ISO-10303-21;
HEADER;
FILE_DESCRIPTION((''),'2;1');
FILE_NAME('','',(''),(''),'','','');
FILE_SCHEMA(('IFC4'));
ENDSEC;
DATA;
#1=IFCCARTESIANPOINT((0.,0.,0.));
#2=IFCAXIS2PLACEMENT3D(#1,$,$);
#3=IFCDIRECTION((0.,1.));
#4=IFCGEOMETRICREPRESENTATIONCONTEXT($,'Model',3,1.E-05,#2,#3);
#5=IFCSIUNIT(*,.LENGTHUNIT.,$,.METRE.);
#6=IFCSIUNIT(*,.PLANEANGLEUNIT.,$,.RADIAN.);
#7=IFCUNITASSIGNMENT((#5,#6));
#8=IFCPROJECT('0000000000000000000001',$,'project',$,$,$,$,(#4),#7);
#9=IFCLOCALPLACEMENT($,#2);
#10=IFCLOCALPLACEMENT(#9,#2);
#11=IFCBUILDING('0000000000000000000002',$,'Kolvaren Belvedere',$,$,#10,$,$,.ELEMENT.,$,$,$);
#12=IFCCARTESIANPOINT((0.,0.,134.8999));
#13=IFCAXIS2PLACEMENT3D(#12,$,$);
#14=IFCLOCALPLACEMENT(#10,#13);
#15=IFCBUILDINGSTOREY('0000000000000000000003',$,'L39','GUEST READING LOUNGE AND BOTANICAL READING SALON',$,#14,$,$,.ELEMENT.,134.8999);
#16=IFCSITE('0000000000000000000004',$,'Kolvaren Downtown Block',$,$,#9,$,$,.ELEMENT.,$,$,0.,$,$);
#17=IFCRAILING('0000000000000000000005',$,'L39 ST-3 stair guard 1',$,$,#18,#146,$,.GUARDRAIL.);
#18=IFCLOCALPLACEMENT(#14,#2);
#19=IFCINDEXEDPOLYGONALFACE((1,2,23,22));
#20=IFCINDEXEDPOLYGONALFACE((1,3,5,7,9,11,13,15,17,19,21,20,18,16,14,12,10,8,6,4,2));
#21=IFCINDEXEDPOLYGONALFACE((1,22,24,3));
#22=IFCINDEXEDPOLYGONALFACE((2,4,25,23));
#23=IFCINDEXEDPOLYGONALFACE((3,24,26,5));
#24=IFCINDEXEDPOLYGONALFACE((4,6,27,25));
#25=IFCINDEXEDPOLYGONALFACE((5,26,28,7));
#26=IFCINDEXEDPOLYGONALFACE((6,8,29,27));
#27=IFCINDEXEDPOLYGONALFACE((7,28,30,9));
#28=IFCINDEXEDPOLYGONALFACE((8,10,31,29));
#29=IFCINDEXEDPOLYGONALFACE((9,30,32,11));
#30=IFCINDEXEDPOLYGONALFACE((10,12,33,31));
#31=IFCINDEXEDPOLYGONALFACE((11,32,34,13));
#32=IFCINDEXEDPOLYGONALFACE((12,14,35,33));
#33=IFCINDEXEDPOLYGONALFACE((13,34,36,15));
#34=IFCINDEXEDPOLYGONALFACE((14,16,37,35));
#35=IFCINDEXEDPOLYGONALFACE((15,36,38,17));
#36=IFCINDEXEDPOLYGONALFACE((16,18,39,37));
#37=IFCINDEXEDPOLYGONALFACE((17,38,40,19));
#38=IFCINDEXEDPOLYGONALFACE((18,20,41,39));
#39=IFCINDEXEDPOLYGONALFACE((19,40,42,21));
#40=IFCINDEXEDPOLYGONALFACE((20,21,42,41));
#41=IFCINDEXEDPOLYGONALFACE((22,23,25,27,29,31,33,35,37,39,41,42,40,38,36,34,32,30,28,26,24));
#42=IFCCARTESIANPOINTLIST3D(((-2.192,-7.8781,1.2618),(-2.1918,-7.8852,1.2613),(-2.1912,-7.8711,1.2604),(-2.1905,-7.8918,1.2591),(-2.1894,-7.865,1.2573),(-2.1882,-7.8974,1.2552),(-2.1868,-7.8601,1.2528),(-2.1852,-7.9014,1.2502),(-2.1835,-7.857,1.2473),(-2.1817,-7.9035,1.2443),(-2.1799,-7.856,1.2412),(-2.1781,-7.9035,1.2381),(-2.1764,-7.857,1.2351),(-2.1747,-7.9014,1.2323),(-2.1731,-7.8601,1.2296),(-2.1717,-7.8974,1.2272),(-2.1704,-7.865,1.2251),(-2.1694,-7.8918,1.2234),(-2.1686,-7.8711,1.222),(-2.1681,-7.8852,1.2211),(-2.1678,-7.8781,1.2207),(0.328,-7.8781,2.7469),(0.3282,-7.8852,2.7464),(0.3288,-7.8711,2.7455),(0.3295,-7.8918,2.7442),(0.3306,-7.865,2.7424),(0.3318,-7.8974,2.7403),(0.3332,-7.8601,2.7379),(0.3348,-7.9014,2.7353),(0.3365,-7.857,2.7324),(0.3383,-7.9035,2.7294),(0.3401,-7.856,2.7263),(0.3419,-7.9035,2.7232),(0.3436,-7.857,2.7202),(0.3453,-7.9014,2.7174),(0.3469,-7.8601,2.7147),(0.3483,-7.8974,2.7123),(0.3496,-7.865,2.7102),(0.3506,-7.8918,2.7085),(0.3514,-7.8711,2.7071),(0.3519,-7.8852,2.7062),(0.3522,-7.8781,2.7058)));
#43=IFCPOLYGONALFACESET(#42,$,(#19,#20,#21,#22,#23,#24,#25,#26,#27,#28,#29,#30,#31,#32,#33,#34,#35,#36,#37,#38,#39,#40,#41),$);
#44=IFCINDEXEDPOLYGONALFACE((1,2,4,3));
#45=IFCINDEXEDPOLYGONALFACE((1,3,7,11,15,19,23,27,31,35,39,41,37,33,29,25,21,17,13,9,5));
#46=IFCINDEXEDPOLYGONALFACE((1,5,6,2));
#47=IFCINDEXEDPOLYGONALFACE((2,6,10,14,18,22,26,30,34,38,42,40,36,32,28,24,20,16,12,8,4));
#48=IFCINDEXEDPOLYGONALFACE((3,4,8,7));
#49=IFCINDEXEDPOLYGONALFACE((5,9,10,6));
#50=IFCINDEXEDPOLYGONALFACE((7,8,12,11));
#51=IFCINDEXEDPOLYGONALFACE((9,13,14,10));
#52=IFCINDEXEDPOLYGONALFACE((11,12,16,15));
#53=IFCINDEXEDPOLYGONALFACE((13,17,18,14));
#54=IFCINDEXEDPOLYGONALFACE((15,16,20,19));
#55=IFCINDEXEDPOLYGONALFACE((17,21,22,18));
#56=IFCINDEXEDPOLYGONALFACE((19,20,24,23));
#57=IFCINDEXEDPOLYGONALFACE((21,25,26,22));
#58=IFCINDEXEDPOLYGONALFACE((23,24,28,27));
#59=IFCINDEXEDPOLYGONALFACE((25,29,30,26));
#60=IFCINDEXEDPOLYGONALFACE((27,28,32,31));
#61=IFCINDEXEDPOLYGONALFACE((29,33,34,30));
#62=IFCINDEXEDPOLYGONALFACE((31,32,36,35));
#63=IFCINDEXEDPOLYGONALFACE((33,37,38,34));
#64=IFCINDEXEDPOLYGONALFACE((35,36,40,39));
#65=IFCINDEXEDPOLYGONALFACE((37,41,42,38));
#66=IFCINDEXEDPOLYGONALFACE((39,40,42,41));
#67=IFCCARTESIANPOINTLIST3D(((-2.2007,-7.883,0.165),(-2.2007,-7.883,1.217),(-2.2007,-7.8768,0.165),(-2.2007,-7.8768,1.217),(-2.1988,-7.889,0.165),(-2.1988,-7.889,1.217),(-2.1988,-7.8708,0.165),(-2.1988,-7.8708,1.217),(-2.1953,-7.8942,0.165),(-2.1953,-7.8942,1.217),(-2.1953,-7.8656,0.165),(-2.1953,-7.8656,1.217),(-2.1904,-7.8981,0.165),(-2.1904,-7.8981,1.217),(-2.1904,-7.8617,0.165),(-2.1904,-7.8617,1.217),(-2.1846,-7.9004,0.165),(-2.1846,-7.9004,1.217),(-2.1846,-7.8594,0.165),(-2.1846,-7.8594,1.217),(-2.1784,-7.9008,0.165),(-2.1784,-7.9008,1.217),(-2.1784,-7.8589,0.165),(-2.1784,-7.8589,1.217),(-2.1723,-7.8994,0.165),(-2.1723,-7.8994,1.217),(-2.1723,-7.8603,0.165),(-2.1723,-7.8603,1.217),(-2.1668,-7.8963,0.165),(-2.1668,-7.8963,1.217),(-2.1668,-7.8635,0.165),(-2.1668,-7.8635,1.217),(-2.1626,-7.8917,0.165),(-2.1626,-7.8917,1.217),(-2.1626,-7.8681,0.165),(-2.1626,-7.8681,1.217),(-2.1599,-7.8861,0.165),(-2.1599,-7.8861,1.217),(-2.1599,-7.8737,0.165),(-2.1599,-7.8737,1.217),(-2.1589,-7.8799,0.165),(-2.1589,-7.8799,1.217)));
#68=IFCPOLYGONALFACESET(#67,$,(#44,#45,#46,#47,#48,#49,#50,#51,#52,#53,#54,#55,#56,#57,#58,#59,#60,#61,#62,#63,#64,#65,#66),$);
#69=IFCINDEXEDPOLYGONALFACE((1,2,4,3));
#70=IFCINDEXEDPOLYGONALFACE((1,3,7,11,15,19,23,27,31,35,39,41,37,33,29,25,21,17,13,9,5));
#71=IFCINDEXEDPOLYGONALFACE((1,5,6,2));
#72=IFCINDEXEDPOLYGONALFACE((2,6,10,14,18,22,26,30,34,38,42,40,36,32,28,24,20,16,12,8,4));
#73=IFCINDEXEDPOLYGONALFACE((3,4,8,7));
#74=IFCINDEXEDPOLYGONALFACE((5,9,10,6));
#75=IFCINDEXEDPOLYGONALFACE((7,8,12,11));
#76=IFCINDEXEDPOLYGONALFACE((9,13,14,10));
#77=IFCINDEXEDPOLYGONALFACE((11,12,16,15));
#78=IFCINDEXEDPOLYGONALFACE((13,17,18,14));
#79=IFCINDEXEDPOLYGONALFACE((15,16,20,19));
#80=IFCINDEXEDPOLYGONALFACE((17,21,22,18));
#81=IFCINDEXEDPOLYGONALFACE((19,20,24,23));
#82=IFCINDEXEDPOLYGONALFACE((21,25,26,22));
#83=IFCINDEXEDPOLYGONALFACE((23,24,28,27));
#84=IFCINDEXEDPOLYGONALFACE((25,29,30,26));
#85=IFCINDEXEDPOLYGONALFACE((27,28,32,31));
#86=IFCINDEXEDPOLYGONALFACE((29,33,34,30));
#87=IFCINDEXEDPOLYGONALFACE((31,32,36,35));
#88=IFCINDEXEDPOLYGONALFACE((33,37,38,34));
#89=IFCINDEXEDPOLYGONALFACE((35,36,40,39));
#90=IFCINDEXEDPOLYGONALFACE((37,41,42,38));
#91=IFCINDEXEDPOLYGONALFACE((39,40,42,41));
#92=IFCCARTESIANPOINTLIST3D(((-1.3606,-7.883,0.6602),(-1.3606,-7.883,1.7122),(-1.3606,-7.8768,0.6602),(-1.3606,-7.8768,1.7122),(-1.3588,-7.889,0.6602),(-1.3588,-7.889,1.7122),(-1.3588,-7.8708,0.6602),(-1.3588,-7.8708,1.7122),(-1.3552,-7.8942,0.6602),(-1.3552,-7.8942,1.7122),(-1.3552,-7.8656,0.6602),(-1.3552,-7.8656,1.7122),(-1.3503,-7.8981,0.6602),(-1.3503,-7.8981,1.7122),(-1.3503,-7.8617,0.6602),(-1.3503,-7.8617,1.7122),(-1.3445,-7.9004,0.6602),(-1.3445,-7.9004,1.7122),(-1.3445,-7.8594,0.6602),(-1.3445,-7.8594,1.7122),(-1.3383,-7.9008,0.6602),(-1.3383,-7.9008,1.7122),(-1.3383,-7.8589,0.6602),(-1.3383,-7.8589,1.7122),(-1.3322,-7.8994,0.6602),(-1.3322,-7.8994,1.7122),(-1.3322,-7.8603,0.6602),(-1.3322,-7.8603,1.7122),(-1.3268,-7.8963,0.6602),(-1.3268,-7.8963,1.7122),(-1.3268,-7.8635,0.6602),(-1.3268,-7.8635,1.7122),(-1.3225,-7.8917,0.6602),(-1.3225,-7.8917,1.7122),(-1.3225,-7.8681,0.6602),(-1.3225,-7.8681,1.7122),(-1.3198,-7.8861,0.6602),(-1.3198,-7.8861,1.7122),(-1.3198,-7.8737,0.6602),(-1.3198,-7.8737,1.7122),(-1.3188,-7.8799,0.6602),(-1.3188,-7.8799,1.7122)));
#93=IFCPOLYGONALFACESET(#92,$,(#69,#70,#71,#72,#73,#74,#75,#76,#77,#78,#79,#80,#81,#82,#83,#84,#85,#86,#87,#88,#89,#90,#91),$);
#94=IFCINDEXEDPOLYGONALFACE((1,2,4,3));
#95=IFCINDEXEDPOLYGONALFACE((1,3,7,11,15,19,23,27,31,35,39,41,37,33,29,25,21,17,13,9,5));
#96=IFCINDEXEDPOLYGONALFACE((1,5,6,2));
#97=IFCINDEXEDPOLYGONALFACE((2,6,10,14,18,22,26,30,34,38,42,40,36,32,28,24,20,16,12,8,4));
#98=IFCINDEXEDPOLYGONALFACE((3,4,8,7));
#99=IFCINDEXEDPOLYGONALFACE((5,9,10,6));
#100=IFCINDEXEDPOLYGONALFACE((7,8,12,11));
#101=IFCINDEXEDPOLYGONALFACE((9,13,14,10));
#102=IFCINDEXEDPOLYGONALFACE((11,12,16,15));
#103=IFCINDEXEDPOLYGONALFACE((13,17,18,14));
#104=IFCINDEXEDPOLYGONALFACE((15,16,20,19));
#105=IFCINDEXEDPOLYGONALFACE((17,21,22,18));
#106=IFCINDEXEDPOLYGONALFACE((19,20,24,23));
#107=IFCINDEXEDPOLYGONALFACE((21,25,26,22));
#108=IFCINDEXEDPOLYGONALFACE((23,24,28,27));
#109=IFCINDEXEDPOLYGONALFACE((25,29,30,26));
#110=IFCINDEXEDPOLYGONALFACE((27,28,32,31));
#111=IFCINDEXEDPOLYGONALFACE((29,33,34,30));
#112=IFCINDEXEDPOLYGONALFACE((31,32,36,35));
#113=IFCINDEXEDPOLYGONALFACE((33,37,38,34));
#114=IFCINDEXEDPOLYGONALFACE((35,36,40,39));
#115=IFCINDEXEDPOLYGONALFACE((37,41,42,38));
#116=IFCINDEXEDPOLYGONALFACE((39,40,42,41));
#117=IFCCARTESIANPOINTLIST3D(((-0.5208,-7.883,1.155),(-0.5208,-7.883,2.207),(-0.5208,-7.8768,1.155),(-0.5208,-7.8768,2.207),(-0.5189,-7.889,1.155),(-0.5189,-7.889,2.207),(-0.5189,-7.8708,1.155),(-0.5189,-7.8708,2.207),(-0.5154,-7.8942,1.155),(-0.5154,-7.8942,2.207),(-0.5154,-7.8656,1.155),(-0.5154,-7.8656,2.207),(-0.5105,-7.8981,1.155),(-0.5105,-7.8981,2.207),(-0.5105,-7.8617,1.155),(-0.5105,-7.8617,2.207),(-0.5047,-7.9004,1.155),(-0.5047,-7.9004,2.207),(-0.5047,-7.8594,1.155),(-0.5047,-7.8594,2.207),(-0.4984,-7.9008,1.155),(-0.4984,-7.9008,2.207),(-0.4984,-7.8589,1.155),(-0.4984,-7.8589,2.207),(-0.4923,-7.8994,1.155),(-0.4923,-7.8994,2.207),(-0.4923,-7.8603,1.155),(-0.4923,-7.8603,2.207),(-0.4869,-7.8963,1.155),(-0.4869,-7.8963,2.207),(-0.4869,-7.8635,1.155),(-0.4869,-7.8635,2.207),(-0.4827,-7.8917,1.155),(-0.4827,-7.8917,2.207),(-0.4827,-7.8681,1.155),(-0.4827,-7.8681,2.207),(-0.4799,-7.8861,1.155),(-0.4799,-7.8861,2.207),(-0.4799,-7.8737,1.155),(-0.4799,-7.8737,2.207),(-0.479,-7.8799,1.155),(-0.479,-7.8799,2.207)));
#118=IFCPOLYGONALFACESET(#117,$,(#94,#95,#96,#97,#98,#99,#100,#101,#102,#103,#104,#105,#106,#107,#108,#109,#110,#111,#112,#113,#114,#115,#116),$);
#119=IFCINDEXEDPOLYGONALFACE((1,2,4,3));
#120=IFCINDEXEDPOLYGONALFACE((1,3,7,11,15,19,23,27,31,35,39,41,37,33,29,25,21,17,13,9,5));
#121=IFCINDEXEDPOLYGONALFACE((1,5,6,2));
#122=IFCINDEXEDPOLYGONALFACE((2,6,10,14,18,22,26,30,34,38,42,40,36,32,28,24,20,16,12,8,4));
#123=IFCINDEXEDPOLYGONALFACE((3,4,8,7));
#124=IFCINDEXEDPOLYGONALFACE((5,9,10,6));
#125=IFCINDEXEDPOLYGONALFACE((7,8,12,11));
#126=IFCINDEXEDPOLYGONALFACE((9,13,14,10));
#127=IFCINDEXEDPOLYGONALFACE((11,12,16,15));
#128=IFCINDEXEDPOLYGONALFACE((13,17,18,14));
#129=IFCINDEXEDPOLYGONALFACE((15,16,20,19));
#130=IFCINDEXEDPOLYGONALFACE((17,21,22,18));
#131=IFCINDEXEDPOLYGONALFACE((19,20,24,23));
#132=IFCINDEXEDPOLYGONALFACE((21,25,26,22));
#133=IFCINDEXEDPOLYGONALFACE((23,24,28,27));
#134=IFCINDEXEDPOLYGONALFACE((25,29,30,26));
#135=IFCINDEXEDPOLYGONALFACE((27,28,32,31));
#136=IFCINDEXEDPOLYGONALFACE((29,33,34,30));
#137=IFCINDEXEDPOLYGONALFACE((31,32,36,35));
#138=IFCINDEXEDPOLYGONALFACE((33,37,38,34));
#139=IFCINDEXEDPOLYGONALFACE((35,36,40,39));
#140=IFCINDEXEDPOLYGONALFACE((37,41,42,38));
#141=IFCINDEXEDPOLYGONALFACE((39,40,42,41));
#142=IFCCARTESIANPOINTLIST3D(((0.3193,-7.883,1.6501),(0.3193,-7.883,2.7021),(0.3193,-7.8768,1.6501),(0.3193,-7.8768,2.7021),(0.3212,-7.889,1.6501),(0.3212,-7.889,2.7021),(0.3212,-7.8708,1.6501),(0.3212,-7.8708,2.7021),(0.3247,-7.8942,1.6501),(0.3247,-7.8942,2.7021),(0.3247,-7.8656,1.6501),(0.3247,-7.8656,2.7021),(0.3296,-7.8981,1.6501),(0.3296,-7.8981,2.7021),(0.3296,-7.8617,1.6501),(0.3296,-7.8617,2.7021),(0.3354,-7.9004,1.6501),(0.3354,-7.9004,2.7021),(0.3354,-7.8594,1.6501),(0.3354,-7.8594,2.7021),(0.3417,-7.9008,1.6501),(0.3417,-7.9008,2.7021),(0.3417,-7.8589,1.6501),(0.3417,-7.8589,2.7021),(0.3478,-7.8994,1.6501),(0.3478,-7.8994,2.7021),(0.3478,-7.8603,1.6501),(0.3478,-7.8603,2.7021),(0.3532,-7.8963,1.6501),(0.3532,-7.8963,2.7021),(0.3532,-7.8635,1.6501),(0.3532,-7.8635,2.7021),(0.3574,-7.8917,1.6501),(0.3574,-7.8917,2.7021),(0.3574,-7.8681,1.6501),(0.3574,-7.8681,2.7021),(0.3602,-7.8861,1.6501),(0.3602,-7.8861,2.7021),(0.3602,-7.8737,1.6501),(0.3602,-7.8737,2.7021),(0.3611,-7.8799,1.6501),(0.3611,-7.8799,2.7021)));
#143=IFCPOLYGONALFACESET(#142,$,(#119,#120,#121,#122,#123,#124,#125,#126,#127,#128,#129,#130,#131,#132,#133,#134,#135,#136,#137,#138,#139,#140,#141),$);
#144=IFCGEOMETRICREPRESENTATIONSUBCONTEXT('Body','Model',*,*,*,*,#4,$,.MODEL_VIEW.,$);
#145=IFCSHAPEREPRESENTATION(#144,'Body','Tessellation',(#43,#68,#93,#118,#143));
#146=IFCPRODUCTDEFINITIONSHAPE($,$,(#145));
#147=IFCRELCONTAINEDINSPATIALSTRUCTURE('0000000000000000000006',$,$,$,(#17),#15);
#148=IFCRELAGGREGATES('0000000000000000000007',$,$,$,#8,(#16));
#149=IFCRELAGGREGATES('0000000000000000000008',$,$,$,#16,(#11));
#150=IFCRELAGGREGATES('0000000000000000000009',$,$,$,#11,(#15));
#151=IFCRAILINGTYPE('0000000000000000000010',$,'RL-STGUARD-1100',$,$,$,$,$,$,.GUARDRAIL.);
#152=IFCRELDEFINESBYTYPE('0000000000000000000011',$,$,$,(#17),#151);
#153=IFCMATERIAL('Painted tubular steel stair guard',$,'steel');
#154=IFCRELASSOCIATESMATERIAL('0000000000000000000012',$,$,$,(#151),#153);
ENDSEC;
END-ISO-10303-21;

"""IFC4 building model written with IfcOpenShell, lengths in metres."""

from ifc_helpers import new_model, si_unit, direction, frame, origin, origin_2d, place, context, subcontext, project, spatial, circle, extrude, material, type_object, element, save


model = new_model("IFC4")

# Units and contexts
model_context = context("Model", 3, precision=1e-05, world=origin(), true_north=direction((0.0, 1.0)))
body_context = subcontext(model_context, "Body", "Model", "MODEL_VIEW")
ifc_project = project(units=[si_unit("LENGTHUNIT", "METRE"), si_unit("PLANEANGLEUNIT", "RADIAN")], contexts=[model_context])

# Site, building, storey
site_placement = place(None, origin())
site = spatial("IfcSite", under=ifc_project, at=site_placement, Name="Kolvaren Downtown Block", CompositionType="ELEMENT", RefElevation=0.0)
building_placement = place(site_placement, origin())
building = spatial("IfcBuilding", under=site, at=building_placement, Name="Kolvaren Belvedere", CompositionType="ELEMENT")
storey_placement = place(building_placement, frame((0.0, 0.0, 134.8999)))
storey = spatial("IfcBuildingStorey", under=building, at=storey_placement, Name="L39", Description="GUEST READING LOUNGE AND BOTANICAL READING SALON", CompositionType="ELEMENT", Elevation=134.8999)

# Railing
ifc_material_1 = material(Name="Painted tubular steel stair guard", Category="steel")
railing_type_1 = type_object("IfcRailingType", Name="RL-STGUARD-1100", PredefinedType="GUARDRAIL", material=ifc_material_1)
railing_1_placement = place(storey_placement, frame((-2.1799, -7.8799, 0.165)))
element("IfcRailing", 1, at=railing_1_placement, inside=storey, type_object=railing_type_1, Name="L39 ST-3 stair guard 1", PredefinedType="GUARDRAIL", context=body_context, shape_type="SweptSolid", body=[
    extrude(circle(Radius=0.0239, at=origin_2d()), frame((0.0, 0.0, 1.0762), z_axis=(0.861524, 0.0, 0.507717), x_axis=(0.0, 1.0, 0.0)), (0.0, 0.0, 1.0), 2.925),
    extrude(circle(Radius=0.021, at=origin_2d()), origin(), (0.0, 0.0, 1.0), 1.052),
    extrude(circle(Radius=0.021, at=origin_2d()), frame((0.8401, 0.0, 0.4951)), (0.0, 0.0, 1.0), 1.052),
    extrude(circle(Radius=0.021, at=origin_2d()), frame((1.6799, 0.0, 0.99)), (0.0, 0.0, 1.0), 1.052),
    extrude(circle(Radius=0.021, at=origin_2d()), frame((2.52, 0.0, 1.4851)), (0.0, 0.0, 1.0), 1.052),
])

save(model, "model.ifc")
